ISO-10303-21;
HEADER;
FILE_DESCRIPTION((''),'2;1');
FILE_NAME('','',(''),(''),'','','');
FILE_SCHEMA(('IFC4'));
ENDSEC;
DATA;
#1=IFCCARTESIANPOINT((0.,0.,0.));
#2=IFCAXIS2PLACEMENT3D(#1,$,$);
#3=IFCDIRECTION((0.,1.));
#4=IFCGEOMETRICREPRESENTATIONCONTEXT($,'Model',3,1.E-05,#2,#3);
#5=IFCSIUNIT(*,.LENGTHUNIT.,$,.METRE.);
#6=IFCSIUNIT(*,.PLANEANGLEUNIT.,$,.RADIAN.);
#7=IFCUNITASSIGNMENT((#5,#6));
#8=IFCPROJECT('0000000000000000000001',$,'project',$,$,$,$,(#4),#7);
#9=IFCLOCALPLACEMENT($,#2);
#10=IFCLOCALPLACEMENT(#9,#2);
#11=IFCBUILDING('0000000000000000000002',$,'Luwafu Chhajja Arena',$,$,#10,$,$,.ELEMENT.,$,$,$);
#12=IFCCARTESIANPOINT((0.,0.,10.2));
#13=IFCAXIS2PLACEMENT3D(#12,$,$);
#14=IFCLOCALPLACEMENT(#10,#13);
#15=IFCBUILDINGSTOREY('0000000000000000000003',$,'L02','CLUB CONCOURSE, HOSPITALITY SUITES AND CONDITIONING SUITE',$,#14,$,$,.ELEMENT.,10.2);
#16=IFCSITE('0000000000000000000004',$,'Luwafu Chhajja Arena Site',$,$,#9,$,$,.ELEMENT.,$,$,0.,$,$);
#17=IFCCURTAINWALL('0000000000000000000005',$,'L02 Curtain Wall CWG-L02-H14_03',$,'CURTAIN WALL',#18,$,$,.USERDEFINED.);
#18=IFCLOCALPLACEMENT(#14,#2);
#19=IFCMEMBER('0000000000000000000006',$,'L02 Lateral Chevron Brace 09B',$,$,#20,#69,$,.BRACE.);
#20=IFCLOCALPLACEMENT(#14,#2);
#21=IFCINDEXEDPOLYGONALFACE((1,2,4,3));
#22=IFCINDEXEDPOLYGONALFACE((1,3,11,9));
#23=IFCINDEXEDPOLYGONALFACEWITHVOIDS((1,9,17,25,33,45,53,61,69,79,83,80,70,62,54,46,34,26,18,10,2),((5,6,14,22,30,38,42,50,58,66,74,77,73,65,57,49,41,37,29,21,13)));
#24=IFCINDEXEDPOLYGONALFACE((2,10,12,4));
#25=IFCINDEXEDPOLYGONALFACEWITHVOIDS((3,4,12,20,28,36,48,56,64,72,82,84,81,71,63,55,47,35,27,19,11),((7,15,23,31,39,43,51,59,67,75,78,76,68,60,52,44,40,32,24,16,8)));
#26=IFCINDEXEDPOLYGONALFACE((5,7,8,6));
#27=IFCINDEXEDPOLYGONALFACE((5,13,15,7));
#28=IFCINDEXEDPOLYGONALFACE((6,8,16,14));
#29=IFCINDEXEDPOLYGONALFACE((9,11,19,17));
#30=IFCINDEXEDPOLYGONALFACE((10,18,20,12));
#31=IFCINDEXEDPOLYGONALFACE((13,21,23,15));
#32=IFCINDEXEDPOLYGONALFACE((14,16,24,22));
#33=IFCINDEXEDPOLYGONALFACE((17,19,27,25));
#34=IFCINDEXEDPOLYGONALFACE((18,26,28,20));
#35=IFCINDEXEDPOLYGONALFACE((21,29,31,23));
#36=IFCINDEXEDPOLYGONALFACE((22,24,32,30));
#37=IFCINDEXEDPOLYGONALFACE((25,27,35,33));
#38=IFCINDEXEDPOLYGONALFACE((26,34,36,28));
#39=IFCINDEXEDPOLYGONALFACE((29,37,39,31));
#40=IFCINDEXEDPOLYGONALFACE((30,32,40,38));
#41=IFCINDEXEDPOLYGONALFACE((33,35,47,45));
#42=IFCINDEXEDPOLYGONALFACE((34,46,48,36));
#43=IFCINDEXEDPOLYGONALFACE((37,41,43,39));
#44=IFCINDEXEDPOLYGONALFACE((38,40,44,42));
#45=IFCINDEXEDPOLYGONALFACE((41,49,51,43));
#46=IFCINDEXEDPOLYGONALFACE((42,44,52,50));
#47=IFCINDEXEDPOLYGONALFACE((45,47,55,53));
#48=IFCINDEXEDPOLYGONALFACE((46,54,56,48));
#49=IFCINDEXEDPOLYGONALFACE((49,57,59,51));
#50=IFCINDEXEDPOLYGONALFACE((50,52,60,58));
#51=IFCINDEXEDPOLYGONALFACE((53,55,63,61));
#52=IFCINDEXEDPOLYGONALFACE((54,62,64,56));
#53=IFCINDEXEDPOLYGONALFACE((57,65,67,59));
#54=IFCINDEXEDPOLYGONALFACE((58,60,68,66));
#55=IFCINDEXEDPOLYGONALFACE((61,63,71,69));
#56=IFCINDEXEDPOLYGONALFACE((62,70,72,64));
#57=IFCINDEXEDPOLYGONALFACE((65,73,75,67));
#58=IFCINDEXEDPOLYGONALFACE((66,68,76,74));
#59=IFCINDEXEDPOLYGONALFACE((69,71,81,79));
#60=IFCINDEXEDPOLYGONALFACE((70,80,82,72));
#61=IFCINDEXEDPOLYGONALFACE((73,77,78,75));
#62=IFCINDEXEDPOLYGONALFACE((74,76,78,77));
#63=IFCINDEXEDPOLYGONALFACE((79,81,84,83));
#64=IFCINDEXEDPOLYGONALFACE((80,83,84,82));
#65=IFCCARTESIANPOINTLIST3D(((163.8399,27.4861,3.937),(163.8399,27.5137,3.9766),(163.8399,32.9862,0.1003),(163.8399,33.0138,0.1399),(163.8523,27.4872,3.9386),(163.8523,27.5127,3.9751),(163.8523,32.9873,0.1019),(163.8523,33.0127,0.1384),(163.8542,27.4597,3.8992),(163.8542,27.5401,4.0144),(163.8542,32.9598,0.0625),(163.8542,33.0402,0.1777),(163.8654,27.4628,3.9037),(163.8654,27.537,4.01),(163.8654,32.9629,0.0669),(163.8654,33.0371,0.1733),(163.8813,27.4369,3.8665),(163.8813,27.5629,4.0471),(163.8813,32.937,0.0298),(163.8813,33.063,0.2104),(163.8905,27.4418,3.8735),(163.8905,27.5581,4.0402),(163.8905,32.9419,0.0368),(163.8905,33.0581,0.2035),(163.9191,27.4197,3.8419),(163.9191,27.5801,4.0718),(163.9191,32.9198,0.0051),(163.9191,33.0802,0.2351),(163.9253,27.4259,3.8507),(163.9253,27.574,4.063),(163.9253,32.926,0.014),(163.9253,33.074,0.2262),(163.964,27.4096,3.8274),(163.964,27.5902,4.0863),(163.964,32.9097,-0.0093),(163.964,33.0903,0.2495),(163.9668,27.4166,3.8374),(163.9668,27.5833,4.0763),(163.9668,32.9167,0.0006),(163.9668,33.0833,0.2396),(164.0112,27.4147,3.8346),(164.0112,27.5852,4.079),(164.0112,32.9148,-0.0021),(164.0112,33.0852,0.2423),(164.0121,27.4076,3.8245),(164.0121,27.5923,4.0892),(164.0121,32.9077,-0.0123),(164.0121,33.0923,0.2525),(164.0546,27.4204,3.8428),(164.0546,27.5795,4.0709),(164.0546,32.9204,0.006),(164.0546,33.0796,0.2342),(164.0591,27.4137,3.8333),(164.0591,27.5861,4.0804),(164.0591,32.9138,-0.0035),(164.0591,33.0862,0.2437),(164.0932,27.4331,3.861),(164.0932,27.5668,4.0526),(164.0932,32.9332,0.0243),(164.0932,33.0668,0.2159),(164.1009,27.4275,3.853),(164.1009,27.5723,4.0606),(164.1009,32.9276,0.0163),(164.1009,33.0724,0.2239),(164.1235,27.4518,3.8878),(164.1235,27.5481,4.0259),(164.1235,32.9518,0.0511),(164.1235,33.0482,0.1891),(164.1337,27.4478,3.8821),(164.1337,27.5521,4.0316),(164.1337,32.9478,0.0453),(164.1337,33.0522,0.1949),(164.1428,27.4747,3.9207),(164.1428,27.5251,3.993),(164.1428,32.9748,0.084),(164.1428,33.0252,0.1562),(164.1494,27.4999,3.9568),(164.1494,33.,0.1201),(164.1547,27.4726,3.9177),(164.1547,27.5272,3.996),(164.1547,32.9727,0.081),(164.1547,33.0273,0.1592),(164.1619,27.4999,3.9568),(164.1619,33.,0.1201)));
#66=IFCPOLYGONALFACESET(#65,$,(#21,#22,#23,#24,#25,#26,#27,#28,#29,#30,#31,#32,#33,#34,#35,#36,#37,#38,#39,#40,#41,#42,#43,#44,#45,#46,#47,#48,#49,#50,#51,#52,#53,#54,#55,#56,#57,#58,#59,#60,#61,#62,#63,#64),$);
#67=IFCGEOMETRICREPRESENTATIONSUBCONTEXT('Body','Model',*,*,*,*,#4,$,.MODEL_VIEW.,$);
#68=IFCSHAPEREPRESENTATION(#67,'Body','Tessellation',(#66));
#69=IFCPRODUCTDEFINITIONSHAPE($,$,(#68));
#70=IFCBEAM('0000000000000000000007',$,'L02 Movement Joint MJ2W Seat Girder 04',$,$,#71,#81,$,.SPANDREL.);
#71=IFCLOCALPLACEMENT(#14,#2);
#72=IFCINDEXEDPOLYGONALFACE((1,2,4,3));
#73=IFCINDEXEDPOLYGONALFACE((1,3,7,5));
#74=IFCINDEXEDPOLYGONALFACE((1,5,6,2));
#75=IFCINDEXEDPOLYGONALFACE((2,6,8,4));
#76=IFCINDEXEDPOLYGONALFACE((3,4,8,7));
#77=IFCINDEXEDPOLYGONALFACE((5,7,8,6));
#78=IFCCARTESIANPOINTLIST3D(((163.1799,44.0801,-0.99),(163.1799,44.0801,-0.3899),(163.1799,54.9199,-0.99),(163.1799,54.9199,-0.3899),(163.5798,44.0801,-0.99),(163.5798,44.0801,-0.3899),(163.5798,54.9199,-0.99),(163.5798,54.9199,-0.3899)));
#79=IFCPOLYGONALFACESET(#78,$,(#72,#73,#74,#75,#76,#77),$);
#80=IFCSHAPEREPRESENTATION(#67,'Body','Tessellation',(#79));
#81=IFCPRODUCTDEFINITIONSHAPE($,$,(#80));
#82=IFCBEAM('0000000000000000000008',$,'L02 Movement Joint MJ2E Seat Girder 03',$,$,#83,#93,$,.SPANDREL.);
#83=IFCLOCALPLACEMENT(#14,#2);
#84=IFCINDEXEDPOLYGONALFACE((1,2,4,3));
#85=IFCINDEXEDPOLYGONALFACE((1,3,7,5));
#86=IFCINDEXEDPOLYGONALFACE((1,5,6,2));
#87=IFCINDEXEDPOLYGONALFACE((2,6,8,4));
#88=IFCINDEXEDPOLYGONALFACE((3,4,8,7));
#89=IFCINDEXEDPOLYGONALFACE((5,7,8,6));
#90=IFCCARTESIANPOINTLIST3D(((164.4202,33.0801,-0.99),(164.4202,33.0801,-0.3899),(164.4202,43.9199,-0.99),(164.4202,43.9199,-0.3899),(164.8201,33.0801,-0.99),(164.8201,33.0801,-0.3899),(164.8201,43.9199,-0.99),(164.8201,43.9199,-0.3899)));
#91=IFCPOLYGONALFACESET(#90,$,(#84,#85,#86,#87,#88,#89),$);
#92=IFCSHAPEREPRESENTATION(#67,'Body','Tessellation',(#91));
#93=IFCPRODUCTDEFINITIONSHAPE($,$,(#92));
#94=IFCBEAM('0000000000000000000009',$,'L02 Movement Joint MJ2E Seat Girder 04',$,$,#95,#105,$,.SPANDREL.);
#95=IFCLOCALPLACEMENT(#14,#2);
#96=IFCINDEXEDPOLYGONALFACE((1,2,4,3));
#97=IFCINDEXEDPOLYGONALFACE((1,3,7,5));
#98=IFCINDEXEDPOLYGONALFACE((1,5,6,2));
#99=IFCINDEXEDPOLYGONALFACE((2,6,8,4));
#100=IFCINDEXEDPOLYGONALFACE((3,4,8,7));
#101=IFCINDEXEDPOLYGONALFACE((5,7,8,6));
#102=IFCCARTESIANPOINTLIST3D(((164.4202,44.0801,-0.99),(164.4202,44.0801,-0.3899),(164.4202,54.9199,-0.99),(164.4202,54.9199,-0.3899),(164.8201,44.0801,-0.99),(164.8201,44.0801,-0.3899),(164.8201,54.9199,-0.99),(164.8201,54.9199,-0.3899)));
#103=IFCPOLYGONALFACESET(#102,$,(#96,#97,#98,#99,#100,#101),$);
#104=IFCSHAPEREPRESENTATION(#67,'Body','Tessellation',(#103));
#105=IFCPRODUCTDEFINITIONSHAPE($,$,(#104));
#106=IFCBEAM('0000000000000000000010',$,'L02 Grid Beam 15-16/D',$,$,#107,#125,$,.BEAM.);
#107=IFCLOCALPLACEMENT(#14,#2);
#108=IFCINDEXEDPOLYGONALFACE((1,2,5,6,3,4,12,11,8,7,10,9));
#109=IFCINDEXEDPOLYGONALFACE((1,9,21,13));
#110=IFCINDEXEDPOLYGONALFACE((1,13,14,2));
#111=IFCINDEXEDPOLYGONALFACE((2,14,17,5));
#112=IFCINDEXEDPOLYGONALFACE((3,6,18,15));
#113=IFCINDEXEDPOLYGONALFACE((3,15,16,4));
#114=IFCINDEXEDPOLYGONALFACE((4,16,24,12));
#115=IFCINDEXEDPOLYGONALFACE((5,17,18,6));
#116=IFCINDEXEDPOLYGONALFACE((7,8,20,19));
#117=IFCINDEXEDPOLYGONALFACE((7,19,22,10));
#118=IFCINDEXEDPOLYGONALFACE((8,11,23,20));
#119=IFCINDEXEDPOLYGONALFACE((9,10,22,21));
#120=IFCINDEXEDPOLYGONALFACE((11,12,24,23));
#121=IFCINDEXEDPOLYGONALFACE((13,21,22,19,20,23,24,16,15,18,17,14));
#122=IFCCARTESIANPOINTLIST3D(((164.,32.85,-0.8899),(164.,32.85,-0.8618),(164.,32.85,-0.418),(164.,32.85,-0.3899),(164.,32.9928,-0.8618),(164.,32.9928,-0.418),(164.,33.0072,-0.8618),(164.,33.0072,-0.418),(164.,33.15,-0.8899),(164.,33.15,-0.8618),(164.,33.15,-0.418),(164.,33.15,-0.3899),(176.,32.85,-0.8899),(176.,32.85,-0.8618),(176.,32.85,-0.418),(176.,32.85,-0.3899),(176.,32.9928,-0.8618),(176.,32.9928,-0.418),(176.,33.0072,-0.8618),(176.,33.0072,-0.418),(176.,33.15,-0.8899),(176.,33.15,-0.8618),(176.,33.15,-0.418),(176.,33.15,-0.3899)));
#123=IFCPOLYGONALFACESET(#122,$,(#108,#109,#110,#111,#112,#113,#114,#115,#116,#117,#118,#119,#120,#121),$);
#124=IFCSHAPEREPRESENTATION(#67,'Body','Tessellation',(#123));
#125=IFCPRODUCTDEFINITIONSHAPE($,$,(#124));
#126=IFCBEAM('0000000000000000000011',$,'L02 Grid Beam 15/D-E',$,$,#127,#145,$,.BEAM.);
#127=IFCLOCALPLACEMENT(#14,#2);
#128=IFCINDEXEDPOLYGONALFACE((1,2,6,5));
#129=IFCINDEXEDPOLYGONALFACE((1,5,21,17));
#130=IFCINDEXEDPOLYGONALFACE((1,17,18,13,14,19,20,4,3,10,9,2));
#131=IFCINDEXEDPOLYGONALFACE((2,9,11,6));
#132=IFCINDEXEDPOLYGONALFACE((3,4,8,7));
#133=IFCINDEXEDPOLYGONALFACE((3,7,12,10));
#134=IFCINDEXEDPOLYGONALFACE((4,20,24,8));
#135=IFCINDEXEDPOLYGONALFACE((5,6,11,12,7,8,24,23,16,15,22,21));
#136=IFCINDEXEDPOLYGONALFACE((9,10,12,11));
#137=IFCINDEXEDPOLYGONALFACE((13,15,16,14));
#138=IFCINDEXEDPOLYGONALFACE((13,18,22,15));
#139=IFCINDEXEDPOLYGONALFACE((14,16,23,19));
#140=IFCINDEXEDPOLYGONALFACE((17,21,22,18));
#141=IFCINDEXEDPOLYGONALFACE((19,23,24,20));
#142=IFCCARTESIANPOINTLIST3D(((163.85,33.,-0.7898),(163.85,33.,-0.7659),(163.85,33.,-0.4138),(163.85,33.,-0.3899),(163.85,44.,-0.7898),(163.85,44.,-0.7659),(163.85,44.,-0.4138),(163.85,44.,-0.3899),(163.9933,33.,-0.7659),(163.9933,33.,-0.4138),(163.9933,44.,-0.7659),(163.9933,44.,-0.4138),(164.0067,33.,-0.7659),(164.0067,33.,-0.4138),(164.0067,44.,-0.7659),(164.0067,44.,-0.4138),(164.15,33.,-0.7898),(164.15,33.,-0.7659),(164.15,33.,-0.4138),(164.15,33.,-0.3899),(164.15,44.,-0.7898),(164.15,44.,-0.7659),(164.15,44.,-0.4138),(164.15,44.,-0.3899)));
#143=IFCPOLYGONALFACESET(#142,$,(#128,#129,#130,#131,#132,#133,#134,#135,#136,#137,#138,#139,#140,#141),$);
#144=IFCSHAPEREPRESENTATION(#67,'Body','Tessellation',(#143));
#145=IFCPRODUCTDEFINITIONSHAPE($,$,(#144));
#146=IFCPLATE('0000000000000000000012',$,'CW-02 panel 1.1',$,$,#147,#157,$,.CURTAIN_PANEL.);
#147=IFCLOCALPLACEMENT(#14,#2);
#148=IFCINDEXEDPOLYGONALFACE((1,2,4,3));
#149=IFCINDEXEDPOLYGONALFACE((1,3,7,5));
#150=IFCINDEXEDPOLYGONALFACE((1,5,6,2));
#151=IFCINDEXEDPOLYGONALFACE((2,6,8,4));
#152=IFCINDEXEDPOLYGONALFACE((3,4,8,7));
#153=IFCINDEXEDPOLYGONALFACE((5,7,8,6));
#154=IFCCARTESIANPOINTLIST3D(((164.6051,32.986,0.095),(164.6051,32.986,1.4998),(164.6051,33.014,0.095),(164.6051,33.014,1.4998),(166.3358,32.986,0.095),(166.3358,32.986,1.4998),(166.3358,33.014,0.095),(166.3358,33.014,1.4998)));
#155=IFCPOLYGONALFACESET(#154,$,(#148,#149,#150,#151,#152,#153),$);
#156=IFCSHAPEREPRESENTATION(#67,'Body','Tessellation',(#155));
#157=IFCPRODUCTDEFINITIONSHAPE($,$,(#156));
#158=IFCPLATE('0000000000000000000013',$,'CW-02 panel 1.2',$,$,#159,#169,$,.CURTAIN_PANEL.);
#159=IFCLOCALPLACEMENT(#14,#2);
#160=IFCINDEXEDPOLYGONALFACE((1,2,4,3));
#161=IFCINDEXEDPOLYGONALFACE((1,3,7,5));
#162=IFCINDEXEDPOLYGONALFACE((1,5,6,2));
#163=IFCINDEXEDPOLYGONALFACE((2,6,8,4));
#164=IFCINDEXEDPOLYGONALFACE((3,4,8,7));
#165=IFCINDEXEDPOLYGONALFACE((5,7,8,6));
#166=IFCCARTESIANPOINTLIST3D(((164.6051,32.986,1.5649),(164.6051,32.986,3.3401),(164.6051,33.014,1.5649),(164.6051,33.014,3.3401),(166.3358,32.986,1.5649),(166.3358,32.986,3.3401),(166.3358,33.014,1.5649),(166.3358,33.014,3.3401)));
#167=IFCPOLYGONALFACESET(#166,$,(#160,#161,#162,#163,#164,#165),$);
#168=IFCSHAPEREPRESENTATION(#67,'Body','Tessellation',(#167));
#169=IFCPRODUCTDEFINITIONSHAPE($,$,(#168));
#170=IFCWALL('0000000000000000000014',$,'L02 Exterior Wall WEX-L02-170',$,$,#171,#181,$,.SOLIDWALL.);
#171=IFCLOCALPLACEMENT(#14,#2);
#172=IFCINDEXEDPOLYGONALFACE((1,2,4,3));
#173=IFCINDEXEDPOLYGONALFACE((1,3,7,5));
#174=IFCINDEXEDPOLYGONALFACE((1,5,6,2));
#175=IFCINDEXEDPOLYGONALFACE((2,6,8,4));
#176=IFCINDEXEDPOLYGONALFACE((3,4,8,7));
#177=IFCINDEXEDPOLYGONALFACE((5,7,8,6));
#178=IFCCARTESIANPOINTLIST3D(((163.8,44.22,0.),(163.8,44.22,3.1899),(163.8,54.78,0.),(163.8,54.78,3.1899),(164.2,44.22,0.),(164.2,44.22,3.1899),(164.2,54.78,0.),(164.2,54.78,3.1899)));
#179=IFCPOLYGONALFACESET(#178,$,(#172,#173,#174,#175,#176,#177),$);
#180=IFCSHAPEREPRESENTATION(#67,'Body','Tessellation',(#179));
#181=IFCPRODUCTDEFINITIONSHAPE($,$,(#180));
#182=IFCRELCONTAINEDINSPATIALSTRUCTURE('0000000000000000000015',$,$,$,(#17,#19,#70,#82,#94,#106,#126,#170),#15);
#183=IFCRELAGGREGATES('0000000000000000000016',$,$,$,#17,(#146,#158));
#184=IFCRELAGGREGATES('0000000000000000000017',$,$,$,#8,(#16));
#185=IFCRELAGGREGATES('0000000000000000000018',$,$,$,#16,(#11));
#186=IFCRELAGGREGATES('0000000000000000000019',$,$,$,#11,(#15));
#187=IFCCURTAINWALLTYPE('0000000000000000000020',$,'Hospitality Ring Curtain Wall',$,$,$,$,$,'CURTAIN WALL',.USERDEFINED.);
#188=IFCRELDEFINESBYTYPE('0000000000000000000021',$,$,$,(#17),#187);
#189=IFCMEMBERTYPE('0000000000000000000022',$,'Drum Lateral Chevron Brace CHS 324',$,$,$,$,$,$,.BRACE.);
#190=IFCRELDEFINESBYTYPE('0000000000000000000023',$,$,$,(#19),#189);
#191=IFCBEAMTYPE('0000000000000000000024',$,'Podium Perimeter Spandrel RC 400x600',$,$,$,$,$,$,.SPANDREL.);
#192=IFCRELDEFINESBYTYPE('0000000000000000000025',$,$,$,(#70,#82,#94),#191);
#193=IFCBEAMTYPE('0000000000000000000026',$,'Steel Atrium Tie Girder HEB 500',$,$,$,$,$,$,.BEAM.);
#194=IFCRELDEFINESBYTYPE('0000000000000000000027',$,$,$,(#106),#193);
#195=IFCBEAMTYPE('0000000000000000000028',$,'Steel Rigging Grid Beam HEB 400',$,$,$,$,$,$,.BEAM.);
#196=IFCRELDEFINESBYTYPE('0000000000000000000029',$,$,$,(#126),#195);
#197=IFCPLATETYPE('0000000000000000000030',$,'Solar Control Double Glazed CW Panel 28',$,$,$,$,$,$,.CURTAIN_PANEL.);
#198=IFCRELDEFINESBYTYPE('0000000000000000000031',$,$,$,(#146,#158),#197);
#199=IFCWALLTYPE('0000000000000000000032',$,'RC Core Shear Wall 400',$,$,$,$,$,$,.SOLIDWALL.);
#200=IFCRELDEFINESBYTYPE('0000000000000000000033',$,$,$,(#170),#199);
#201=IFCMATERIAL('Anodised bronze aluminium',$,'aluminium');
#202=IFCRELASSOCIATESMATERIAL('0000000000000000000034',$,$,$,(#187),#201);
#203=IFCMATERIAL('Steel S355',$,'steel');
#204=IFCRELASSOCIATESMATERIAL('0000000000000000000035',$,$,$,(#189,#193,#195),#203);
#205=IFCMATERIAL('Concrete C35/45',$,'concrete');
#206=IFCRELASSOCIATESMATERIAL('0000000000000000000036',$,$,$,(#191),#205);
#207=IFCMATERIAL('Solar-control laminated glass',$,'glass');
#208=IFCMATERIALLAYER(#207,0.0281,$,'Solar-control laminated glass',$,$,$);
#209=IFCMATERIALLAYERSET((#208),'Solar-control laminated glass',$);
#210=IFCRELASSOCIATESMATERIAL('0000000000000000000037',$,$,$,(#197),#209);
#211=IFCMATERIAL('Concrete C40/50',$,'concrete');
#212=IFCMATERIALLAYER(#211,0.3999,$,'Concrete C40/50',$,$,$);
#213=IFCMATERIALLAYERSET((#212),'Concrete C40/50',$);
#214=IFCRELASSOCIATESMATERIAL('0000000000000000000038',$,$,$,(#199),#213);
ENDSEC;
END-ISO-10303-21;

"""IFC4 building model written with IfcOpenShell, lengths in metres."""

from ifc_helpers import new_model, si_unit, direction, frame, frame_2d, origin, origin_2d, place, context, subcontext, project, spatial, rectangle, hollow_circle, i_section, extrude, material, layer, layer_set, material_profile, profile_set, type_object, element, aggregate, save


model = new_model("IFC4")

# Units and contexts
model_context = context("Model", 3, precision=1e-05, world=origin(), true_north=direction((0.0, 1.0)))
body_context = subcontext(model_context, "Body", "Model", "MODEL_VIEW")
ifc_project = project(units=[si_unit("LENGTHUNIT", "METRE"), si_unit("PLANEANGLEUNIT", "RADIAN")], contexts=[model_context])

# Site, building, storey
site_placement = place(None, origin())
site = spatial("IfcSite", under=ifc_project, at=site_placement, Name="Luwafu Chhajja Arena Site", CompositionType="ELEMENT", RefElevation=0.0)
building_placement = place(site_placement, origin())
building = spatial("IfcBuilding", under=site, at=building_placement, Name="Luwafu Chhajja Arena", CompositionType="ELEMENT")
storey_placement = place(building_placement, frame((0.0, 0.0, 10.2)))
storey = spatial("IfcBuildingStorey", under=building, at=storey_placement, Name="L02", Description="CLUB CONCOURSE, HOSPITALITY SUITES AND CONDITIONING SUITE", CompositionType="ELEMENT", Elevation=10.2)

# Shared definitions
ifc_material_1 = material(Name="Concrete C35/45", Category="concrete")

# Curtain wall
ifc_material_2 = material(Name="Anodised bronze aluminium", Category="aluminium")
curtain_wall_type = type_object("IfcCurtainWallType", Name="Hospitality Ring Curtain Wall", ElementType="CURTAIN WALL", PredefinedType="USERDEFINED", material=ifc_material_2)
curtain_wall_placement = place(storey_placement, origin())
curtain_wall = element("IfcCurtainWall", 1, at=curtain_wall_placement, inside=storey, type_object=curtain_wall_type, Name="L02 Curtain Wall CWG-L02-H14_03", ObjectType="CURTAIN WALL", PredefinedType="USERDEFINED")

# Member
ifc_material_3 = material(Name="Steel S355", Category="steel")
ifc_material_profile_1 = material_profile(ifc_material_3, hollow_circle(Radius=0.1619, WallThickness=0.0125, at=origin_2d()), Name="CHS 323.9x12.5")
ifc_profile_set_1 = profile_set([ifc_material_profile_1], Name="Steel S355")
member_type_1 = type_object("IfcMemberType", Name="Drum Lateral Chevron Brace CHS 324", PredefinedType="BRACE", material=ifc_profile_set_1)
member_1_placement = place(storey_placement, frame((164.0, 33.0, 0.1201), z_axis=(0.0, -0.820165, 0.572127), x_axis=(1.0, 0.0, 0.0)))
element("IfcMember", 2, at=member_1_placement, inside=storey, type_object=member_type_1, Name="L02 Lateral Chevron Brace 09B", PredefinedType="BRACE", context=body_context, shape_type="SweptSolid", body=[
    extrude(hollow_circle(Radius=0.1619, WallThickness=0.0125, at=origin_2d()), origin(), (0.0, 0.0, 1.0), 6.7061),
])

# Beams
ifc_material_profile_2 = material_profile(ifc_material_1, rectangle(XDim=0.3999, YDim=0.6001, at=origin_2d()), Name="RC 400x600")
ifc_profile_set_2 = profile_set([ifc_material_profile_2], Name="Concrete C35/45")
beam_type_1 = type_object("IfcBeamType", Name="Podium Perimeter Spandrel RC 400x600", PredefinedType="SPANDREL", material=ifc_profile_set_2)
for number, where, z_axis, x_axis, name in (
    (3, (163.3799, 44.0801, -0.6899), (0.0, 1.0, 0.0), (-1.0, 0.0, 0.0), "L02 Movement Joint MJ2W Seat Girder 04"),
    (4, (164.6201, 33.0801, -0.6899), (0.0, 1.0, 0.0), (-1.0, 0.0, 0.0), "L02 Movement Joint MJ2E Seat Girder 03"),
    (5, (164.6201, 44.0801, -0.6899), (0.0, 1.0, 0.0), (-1.0, 0.0, 0.0), "L02 Movement Joint MJ2E Seat Girder 04"),
):
    element("IfcBeam", number, at=place(storey_placement, frame(where, z_axis=z_axis, x_axis=x_axis)), inside=storey, type_object=beam_type_1, Name=name, PredefinedType="SPANDREL", context=body_context, shape_type="SweptSolid", body=[
        extrude(rectangle(XDim=0.3999, YDim=0.6001, at=origin_2d()), origin(), (0.0, 0.0, 1.0), 10.8398),
    ])
ifc_material_profile_3 = material_profile(ifc_material_3, i_section(OverallWidth=0.3, OverallDepth=0.5, WebThickness=0.0144, FlangeThickness=0.0281, at=origin_2d()), Name="HEB 500")
ifc_profile_set_3 = profile_set([ifc_material_profile_3], Name="Steel S355")
beam_type_2 = type_object("IfcBeamType", Name="Steel Atrium Tie Girder HEB 500", PredefinedType="BEAM", material=ifc_profile_set_3)
beam_1_placement = place(storey_placement, frame((164.0, 33.0, -0.6399), z_axis=(1.0, 0.0, 0.0), x_axis=(0.0, 1.0, 0.0)))
element("IfcBeam", 6, at=beam_1_placement, inside=storey, type_object=beam_type_2, Name="L02 Grid Beam 15-16/D", PredefinedType="BEAM", context=body_context, shape_type="SweptSolid", body=[
    extrude(i_section(OverallWidth=0.3, OverallDepth=0.5, WebThickness=0.0144, FlangeThickness=0.0281, at=origin_2d()), origin(), (0.0, 0.0, 1.0), 12.0),
])
ifc_material_profile_4 = material_profile(ifc_material_3, i_section(OverallWidth=0.3, OverallDepth=0.3999, WebThickness=0.0134, FlangeThickness=0.0239, at=origin_2d()), Name="HEB 400")
ifc_profile_set_4 = profile_set([ifc_material_profile_4], Name="Steel S355")
beam_type_3 = type_object("IfcBeamType", Name="Steel Rigging Grid Beam HEB 400", PredefinedType="BEAM", material=ifc_profile_set_4)
beam_2_placement = place(storey_placement, frame((164.0, 33.0, -0.5898), z_axis=(0.0, 1.0, 0.0), x_axis=(-1.0, 0.0, 0.0)))
element("IfcBeam", 7, at=beam_2_placement, inside=storey, type_object=beam_type_3, Name="L02 Grid Beam 15/D-E", PredefinedType="BEAM", context=body_context, shape_type="SweptSolid", body=[
    extrude(i_section(OverallWidth=0.3, OverallDepth=0.3999, WebThickness=0.0134, FlangeThickness=0.0239, at=origin_2d()), origin(), (0.0, 0.0, 1.0), 11.0),
])

# Plates
ifc_material_4 = material(Name="Solar-control laminated glass", Category="glass")
ifc_layer_1 = layer(ifc_material_4, 0.0281, Name="Solar-control laminated glass")
ifc_layer_set_1 = layer_set([ifc_layer_1], Name="Solar-control laminated glass")
plate_type = type_object("IfcPlateType", Name="Solar Control Double Glazed CW Panel 28", PredefinedType="CURTAIN_PANEL", material=ifc_layer_set_1)
plate_1_placement = place(storey_placement, frame((165.4705, 33.0, 0.095), z_axis=(0.0, 0.0, 1.0), x_axis=(1.0, 0.0, 0.0)))
plate_1 = element("IfcPlate", 8, at=plate_1_placement, type_object=plate_type, Name="CW-02 panel 1.1", PredefinedType="CURTAIN_PANEL", context=body_context, shape_type="SweptSolid", body=[
    extrude(rectangle(XDim=1.7307, YDim=0.0281, at=origin_2d()), origin(), (0.0, 0.0, 1.0), 1.4048),
])
plate_2_placement = place(storey_placement, frame((165.4705, 33.0, 1.5649), z_axis=(0.0, 0.0, 1.0), x_axis=(1.0, 0.0, 0.0)))
plate_2 = element("IfcPlate", 9, at=plate_2_placement, type_object=plate_type, Name="CW-02 panel 1.2", PredefinedType="CURTAIN_PANEL", context=body_context, shape_type="SweptSolid", body=[
    extrude(rectangle(XDim=1.7307, YDim=0.0281, at=origin_2d()), origin(), (0.0, 0.0, 1.0), 1.7751),
])
aggregate(curtain_wall, [plate_1, plate_2])

# Wall
ifc_material_5 = material(Name="Concrete C40/50", Category="concrete")
ifc_layer_2 = layer(ifc_material_5, 0.3999, Name="Concrete C40/50")
ifc_layer_set_2 = layer_set([ifc_layer_2], Name="Concrete C40/50")
wall_type_1 = type_object("IfcWallType", Name="RC Core Shear Wall 400", PredefinedType="SOLIDWALL", material=ifc_layer_set_2)
wall_1_placement = place(storey_placement, frame((164.0, 44.22, 0.0), z_axis=(0.0, 0.0, 1.0), x_axis=(0.0, 1.0, 0.0)))
element("IfcWall", 10, at=wall_1_placement, inside=storey, type_object=wall_type_1, Name="L02 Exterior Wall WEX-L02-170", PredefinedType="SOLIDWALL", context=body_context, shape_type="SweptSolid", body=[
    extrude(rectangle(XDim=10.5601, YDim=0.3999, at=frame_2d((5.28, 0.0))), origin(), (0.0, 0.0, 1.0), 3.1899),
])

save(model, "model.ifc")
